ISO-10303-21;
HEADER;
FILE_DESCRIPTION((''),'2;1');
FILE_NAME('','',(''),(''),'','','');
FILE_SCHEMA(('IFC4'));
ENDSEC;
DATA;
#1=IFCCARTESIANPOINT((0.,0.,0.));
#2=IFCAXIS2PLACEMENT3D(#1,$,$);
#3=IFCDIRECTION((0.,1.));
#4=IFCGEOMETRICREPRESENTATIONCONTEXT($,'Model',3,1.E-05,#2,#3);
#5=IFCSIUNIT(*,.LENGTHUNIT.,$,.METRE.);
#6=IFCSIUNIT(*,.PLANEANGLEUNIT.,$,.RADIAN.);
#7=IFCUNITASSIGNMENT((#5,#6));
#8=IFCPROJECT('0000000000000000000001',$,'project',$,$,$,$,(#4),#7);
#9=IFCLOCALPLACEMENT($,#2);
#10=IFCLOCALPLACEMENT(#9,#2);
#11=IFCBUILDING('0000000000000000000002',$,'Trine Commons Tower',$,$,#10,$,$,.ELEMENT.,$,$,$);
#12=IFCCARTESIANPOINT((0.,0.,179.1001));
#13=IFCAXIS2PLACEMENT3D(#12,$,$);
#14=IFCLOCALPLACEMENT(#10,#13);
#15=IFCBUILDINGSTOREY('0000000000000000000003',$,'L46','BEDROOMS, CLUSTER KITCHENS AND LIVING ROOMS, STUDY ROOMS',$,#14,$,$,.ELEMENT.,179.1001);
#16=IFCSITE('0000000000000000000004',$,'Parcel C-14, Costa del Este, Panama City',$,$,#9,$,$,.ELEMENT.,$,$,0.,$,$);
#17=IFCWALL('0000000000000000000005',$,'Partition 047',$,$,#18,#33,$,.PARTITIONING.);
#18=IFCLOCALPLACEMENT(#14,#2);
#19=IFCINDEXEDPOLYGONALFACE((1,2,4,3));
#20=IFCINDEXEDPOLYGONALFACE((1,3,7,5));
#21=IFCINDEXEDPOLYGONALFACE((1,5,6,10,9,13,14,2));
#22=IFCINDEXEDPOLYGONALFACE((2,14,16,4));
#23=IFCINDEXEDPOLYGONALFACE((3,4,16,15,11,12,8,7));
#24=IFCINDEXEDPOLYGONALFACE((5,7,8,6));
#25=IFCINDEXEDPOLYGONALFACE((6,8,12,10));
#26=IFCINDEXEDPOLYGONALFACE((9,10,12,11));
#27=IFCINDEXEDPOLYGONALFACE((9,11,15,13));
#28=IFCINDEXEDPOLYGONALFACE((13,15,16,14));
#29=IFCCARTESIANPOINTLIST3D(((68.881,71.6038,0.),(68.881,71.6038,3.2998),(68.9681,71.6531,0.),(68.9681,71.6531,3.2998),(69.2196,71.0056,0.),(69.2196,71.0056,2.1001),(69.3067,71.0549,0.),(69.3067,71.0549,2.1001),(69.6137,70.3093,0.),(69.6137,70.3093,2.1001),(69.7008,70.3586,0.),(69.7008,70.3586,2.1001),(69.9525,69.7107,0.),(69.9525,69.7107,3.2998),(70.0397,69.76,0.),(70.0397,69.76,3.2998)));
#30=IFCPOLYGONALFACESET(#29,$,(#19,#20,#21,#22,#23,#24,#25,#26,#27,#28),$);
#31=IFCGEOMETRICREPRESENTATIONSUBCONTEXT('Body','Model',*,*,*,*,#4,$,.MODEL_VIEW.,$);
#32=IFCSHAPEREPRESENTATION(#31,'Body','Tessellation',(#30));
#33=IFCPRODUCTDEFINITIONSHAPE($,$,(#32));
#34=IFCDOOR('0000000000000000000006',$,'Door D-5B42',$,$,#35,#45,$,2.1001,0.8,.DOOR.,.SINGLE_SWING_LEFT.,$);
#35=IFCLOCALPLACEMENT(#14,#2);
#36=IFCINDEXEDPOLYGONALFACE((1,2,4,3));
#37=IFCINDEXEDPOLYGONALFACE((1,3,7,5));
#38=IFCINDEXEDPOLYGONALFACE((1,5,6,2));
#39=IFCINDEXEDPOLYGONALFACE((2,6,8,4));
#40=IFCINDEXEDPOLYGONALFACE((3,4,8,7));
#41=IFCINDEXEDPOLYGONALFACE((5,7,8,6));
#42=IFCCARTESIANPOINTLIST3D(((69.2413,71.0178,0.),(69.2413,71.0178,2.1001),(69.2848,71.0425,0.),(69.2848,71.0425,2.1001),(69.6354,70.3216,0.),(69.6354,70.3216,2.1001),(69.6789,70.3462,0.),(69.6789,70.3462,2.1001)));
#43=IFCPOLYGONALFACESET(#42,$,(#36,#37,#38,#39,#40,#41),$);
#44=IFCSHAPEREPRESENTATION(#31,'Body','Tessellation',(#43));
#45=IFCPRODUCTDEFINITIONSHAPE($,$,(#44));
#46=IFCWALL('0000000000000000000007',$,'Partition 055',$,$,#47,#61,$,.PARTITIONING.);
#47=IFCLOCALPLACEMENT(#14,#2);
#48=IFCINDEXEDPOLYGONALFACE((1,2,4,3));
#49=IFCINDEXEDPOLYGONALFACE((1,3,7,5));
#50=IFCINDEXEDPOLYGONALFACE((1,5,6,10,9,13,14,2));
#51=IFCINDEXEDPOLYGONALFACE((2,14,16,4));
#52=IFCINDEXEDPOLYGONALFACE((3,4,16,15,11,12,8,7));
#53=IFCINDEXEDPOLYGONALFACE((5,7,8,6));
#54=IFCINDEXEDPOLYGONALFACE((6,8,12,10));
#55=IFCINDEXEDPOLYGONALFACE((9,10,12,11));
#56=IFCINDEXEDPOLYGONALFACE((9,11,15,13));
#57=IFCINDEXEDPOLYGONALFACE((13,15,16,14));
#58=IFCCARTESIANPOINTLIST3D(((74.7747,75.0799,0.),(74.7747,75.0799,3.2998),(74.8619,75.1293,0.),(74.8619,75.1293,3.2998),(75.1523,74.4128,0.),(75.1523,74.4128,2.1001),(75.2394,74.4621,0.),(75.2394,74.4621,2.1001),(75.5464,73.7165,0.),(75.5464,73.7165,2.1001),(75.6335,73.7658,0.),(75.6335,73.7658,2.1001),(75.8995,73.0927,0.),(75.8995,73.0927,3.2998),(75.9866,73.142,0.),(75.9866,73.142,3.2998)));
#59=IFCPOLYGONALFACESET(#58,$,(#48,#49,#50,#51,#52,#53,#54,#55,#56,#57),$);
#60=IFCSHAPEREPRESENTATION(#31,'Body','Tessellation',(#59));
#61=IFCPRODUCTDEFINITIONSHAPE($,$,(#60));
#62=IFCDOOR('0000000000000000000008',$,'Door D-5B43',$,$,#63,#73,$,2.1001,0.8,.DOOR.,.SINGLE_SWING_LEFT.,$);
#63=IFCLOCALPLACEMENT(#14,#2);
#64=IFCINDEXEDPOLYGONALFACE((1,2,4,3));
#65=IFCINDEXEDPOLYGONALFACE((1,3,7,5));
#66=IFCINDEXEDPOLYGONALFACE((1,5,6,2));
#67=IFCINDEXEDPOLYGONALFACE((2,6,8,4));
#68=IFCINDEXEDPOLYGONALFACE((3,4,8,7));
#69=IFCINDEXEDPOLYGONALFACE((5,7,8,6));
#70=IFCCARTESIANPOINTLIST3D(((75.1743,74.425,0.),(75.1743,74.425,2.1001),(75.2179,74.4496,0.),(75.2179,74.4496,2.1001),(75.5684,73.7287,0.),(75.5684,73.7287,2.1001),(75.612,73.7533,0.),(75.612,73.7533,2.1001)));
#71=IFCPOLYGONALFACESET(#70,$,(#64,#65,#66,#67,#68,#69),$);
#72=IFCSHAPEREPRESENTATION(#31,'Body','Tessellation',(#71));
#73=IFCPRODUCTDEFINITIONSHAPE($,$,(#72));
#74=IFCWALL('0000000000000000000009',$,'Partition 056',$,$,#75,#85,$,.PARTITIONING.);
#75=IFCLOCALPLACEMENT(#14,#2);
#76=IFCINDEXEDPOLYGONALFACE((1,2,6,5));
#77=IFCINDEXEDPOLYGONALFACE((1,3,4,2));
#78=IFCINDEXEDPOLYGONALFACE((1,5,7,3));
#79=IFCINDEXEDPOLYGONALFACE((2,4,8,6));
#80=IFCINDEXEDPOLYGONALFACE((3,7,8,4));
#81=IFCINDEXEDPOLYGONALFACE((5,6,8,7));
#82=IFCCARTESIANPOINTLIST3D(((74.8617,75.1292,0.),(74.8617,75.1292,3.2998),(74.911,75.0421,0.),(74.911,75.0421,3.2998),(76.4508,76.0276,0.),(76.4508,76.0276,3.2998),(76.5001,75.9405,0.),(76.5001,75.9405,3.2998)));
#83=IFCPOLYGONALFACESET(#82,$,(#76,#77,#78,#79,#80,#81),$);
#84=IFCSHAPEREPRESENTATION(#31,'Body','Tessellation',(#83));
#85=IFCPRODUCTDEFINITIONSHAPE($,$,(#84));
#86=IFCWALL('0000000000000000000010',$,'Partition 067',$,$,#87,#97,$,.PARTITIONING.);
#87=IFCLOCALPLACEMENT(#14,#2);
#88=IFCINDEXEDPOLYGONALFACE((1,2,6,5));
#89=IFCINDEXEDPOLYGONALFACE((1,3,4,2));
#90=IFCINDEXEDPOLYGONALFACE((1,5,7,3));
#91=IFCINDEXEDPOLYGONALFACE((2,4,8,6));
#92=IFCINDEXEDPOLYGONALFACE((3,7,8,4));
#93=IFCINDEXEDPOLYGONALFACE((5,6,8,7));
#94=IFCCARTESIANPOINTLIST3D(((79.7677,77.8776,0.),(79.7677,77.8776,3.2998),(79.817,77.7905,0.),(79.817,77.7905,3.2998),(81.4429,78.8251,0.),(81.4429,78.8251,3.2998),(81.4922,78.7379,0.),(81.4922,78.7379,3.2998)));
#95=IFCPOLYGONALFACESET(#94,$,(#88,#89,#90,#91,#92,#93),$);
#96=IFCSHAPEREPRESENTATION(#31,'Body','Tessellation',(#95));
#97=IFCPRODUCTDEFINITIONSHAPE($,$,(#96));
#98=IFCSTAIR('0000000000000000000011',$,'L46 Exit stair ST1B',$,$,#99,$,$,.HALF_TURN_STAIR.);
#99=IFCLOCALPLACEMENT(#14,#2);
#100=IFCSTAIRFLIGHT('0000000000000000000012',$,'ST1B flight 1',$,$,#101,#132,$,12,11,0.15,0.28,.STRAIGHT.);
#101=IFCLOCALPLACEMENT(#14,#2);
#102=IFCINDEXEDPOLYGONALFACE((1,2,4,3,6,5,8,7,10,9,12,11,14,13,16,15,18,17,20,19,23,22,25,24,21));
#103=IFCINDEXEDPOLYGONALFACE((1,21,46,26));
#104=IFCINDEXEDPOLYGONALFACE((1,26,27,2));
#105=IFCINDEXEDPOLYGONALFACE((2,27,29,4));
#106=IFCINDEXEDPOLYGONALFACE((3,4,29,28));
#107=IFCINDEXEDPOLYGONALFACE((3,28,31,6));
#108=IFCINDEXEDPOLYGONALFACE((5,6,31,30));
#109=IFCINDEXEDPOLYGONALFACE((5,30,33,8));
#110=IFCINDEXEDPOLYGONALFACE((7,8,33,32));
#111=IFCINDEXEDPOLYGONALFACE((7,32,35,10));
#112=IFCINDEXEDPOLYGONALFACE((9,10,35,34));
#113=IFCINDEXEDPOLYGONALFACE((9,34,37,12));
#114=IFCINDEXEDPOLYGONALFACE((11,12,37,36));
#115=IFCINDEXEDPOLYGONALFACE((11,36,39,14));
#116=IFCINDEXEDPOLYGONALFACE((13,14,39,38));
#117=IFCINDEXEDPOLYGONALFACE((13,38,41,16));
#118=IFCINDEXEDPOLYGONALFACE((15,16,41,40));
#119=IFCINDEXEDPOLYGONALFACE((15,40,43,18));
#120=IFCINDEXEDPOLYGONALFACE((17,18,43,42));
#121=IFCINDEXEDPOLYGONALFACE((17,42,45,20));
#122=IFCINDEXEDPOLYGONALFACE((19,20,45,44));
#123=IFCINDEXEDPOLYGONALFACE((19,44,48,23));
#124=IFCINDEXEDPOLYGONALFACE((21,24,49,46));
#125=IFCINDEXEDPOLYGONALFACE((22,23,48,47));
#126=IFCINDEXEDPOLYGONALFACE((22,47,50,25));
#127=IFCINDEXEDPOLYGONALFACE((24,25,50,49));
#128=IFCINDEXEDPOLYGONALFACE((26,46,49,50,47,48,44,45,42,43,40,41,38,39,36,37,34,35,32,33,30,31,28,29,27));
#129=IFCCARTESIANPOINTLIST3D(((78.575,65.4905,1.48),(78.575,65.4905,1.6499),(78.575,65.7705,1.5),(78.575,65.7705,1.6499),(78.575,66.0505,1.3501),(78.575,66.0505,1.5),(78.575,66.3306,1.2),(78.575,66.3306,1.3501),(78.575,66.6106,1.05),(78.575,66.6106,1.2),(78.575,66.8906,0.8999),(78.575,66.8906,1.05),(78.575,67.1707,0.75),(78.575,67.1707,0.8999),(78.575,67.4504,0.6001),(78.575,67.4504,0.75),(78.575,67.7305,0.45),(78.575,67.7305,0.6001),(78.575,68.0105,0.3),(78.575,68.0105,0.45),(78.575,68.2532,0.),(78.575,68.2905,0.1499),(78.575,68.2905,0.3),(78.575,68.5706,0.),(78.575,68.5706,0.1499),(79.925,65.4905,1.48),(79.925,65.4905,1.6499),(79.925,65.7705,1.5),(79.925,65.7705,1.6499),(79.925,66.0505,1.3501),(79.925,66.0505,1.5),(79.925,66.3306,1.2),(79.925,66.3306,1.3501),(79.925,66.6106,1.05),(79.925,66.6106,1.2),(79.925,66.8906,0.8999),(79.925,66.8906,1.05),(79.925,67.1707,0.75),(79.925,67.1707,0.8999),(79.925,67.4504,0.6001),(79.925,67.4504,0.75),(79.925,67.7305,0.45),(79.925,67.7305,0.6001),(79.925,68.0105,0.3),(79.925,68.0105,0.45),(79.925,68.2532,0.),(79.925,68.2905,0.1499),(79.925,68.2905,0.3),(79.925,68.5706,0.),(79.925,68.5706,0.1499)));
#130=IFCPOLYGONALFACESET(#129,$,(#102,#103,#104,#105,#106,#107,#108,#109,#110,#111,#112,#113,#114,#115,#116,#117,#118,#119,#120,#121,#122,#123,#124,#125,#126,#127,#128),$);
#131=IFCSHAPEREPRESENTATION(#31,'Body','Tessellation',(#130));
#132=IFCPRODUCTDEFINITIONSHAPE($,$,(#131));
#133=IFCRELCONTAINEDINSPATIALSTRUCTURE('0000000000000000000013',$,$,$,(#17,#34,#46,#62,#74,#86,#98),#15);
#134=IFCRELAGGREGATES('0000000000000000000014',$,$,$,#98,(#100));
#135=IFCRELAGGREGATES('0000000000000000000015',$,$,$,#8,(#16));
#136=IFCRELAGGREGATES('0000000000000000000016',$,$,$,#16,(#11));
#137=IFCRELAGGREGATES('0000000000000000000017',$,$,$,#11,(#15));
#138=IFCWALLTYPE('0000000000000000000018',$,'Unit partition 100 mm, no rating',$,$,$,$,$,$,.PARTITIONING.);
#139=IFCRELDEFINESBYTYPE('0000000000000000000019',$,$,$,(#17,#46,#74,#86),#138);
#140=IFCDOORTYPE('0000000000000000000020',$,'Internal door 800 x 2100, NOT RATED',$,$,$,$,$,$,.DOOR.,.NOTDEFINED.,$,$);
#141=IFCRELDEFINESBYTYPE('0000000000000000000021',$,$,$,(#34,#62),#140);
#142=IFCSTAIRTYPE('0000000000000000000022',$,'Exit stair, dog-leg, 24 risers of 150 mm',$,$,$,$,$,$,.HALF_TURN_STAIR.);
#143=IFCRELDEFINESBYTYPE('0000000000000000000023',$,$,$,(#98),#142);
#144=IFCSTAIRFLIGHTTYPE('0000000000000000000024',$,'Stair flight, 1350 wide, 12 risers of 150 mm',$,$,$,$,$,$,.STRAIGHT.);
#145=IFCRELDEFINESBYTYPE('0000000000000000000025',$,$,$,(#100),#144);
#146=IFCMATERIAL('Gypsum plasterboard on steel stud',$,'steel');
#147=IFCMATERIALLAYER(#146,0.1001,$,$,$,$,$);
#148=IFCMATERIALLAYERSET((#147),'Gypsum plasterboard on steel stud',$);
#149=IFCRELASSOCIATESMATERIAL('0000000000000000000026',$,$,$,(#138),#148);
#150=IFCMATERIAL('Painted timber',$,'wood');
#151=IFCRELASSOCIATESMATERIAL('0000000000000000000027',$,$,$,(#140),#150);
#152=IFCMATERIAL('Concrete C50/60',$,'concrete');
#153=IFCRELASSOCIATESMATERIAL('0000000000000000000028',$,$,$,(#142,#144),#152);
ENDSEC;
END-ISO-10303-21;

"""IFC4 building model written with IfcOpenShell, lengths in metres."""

from ifc_helpers import new_model, si_unit, direction, frame, frame_2d, origin, place, context, subcontext, project, spatial, polyline, rectangle, outline, extrude, material, layer, layer_set, type_object, element, fill, aggregate, save


model = new_model("IFC4")

# Units and contexts
model_context = context("Model", 3, precision=1e-05, world=origin(), true_north=direction((0.0, 1.0)))
body_context = subcontext(model_context, "Body", "Model", "MODEL_VIEW")
ifc_project = project(units=[si_unit("LENGTHUNIT", "METRE"), si_unit("PLANEANGLEUNIT", "RADIAN")], contexts=[model_context])

# Site, building, storey
site_placement = place(None, origin())
site = spatial("IfcSite", under=ifc_project, at=site_placement, Name="Parcel C-14, Costa del Este, Panama City", CompositionType="ELEMENT", RefElevation=0.0)
building_placement = place(site_placement, origin())
building = spatial("IfcBuilding", under=site, at=building_placement, Name="Trine Commons Tower", CompositionType="ELEMENT")
storey_placement = place(building_placement, frame((0.0, 0.0, 179.1001)))
storey = spatial("IfcBuildingStorey", under=building, at=storey_placement, Name="L46", Description="BEDROOMS, CLUSTER KITCHENS AND LIVING ROOMS, STUDY ROOMS", CompositionType="ELEMENT", Elevation=179.1001)

# Shared definitions
ifc_material_1 = material(Name="Gypsum plasterboard on steel stud", Category="steel")

# Shared definitions
ifc_material_2 = material(Name="Painted timber", Category="wood")

# Shared definitions
ifc_layer_1 = layer(ifc_material_1, 0.1001)
ifc_layer_set_1 = layer_set([ifc_layer_1], Name="Gypsum plasterboard on steel stud")
wall_type_1 = type_object("IfcWallType", Name="Unit partition 100 mm, no rating", PredefinedType="PARTITIONING", material=ifc_layer_set_1)

# Walls, openings, doors
wall_1_placement = place(storey_placement, frame((68.9246, 71.6284, 0.0), z_axis=(0.0, 0.0, 1.0), x_axis=(0.492593, -0.87026, 0.0)))
wall_1 = element("IfcWall", 1, at=wall_1_placement, inside=storey, type_object=wall_type_1, Name="Partition 047", PredefinedType="PARTITIONING", context=body_context, shape_type="SweptSolid", body=[
    extrude(rectangle(XDim=2.1753, YDim=0.1001, at=frame_2d((1.0876, 0.0))), origin(), (0.0, 0.0, 1.0), 3.2998),
])
opening_1_placement = place(wall_1_placement, frame((0.6875, 0.0, 0.0)))
opening_1 = element("IfcOpeningElement", 2, at=opening_1_placement, cuts=wall_1, PredefinedType="OPENING", context=body_context, shape_type="SweptSolid", body=[
    extrude(rectangle(XDim=0.8, YDim=2.1001, at=frame_2d((0.3999, 1.05))), frame((0.0, 0.0601, 0.0), z_axis=(0.0, -1.0, 0.0), x_axis=(1.0, 0.0, 0.0)), (0.0, 0.0, 1.0), 0.1201),
])
door_type_1 = type_object("IfcDoorType", Name="Internal door 800 x 2100, NOT RATED", OperationType="NOTDEFINED", PredefinedType="DOOR", material=ifc_material_2)
door_1_placement = place(opening_1_placement, origin())
door_1 = element("IfcDoor", 3, at=door_1_placement, inside=storey, type_object=door_type_1, Name="Door D-5B42", OperationType="SINGLE_SWING_LEFT", OverallHeight=2.1001, OverallWidth=0.8, PredefinedType="DOOR", context=body_context, shape_type="SweptSolid", body=[
    extrude(rectangle(XDim=0.8, YDim=2.1001, at=frame_2d((0.3999, 1.05))), frame((0.0, 0.0249, 0.0), z_axis=(0.0, -1.0, 0.0), x_axis=(1.0, 0.0, 0.0)), (0.0, 0.0, 1.0), 0.05),
])
fill(opening_1, door_1)
wall_2_placement = place(storey_placement, frame((74.8184, 75.1045, 0.0), z_axis=(0.0, 0.0, 1.0), x_axis=(0.492554, -0.870282, 0.0)))
wall_2 = element("IfcWall", 4, at=wall_2_placement, inside=storey, type_object=wall_type_1, Name="Partition 055", PredefinedType="PARTITIONING", context=body_context, shape_type="SweptSolid", body=[
    extrude(rectangle(XDim=2.2834, YDim=0.1001, at=frame_2d((1.1416, 0.0))), origin(), (0.0, 0.0, 1.0), 3.2998),
])
opening_2_placement = place(wall_2_placement, frame((0.7666, 0.0, 0.0)))
opening_2 = element("IfcOpeningElement", 5, at=opening_2_placement, cuts=wall_2, PredefinedType="OPENING", context=body_context, shape_type="SweptSolid", body=[
    extrude(rectangle(XDim=0.8, YDim=2.1001, at=frame_2d((0.3999, 1.05))), frame((0.0, 0.0601, 0.0), z_axis=(0.0, -1.0, 0.0), x_axis=(1.0, 0.0, 0.0)), (0.0, 0.0, 1.0), 0.1201),
])
door_2_placement = place(opening_2_placement, frame((0.8, 0.0, 0.0), z_axis=(0.0, 0.0, 1.0), x_axis=(-1.0, 0.0, 0.0)))
door_2 = element("IfcDoor", 6, at=door_2_placement, inside=storey, type_object=door_type_1, Name="Door D-5B43", OperationType="SINGLE_SWING_LEFT", OverallHeight=2.1001, OverallWidth=0.8, PredefinedType="DOOR", context=body_context, shape_type="SweptSolid", body=[
    extrude(rectangle(XDim=0.8, YDim=2.1001, at=frame_2d((0.3999, 1.05))), frame((0.0, 0.0249, 0.0), z_axis=(0.0, -1.0, 0.0), x_axis=(1.0, 0.0, 0.0)), (0.0, 0.0, 1.0), 0.05),
])
fill(opening_2, door_2)

# Walls
wall_3_placement = place(storey_placement, frame((74.8865, 75.0857, 0.0), z_axis=(0.0, 0.0, 1.0), x_axis=(0.870506, 0.492159, 0.0)))
element("IfcWall", 7, at=wall_3_placement, inside=storey, type_object=wall_type_1, Name="Partition 056", PredefinedType="PARTITIONING", context=body_context, shape_type="SweptSolid", body=[
    extrude(rectangle(XDim=1.8254, YDim=0.1001, at=frame_2d((0.9126, 0.0))), origin(), (0.0, 0.0, 1.0), 3.2998),
])
wall_4_placement = place(storey_placement, frame((79.7922, 77.834, 0.0), z_axis=(0.0, 0.0, 1.0), x_axis=(0.870428, 0.492295, 0.0)))
element("IfcWall", 8, at=wall_4_placement, inside=storey, type_object=wall_type_1, Name="Partition 067", PredefinedType="PARTITIONING", context=body_context, shape_type="SweptSolid", body=[
    extrude(rectangle(XDim=1.9246, YDim=0.1001, at=frame_2d((0.9624, 0.0))), origin(), (0.0, 0.0, 1.0), 3.2998),
])

# Stair, stair flight
ifc_material_3 = material(Name="Concrete C50/60", Category="concrete")
stair_type = type_object("IfcStairType", Name="Exit stair, dog-leg, 24 risers of 150 mm", PredefinedType="HALF_TURN_STAIR", material=ifc_material_3)
stair_placement = place(storey_placement, origin())
stair = element("IfcStair", 9, at=stair_placement, inside=storey, type_object=stair_type, Name="L46 Exit stair ST1B", PredefinedType="HALF_TURN_STAIR")
stair_flight_type = type_object("IfcStairFlightType", Name="Stair flight, 1350 wide, 12 risers of 150 mm", PredefinedType="STRAIGHT", material=ifc_material_3)
stair_flight_placement = place(storey_placement, frame((79.25, 68.5706, 0.0), z_axis=(0.0, 0.0, 1.0), x_axis=(0.0, -1.0, 0.0)))
stair_flight = element("IfcStairFlight", 10, at=stair_flight_placement, type_object=stair_flight_type, Name="ST1B flight 1", NumberOfRisers=12, NumberOfTreads=11, PredefinedType="STRAIGHT", RiserHeight=0.15, TreadLength=0.28, context=body_context, shape_type="SweptSolid", body=[
    extrude(outline(polyline([(0.0, 0.0), (0.0, 0.1499), (0.28, 0.1499), (0.28, 0.3), (0.5601, 0.3), (0.5601, 0.45), (0.8401, 0.45), (0.8401, 0.6001), (1.1201, 0.6001), (1.1201, 0.75), (1.3999, 0.75), (1.3999, 0.8999), (1.6799, 0.8999), (1.6799, 1.05), (1.96, 1.05), (1.96, 1.2), (2.24, 1.2), (2.24, 1.3501), (2.52, 1.3501), (2.52, 1.5), (2.8, 1.5), (2.8, 1.6499), (3.0801, 1.6499), (3.0801, 1.8), (3.0801, 1.48), (0.3174, 0.0), (0.0, 0.0)])), frame((0.0, 0.675, 0.0), z_axis=(0.0, -1.0, 0.0), x_axis=(1.0, 0.0, 0.0)), (0.0, 0.0, 1.0), 1.3501),
])
aggregate(stair, [stair_flight])

save(model, "model.ifc")
